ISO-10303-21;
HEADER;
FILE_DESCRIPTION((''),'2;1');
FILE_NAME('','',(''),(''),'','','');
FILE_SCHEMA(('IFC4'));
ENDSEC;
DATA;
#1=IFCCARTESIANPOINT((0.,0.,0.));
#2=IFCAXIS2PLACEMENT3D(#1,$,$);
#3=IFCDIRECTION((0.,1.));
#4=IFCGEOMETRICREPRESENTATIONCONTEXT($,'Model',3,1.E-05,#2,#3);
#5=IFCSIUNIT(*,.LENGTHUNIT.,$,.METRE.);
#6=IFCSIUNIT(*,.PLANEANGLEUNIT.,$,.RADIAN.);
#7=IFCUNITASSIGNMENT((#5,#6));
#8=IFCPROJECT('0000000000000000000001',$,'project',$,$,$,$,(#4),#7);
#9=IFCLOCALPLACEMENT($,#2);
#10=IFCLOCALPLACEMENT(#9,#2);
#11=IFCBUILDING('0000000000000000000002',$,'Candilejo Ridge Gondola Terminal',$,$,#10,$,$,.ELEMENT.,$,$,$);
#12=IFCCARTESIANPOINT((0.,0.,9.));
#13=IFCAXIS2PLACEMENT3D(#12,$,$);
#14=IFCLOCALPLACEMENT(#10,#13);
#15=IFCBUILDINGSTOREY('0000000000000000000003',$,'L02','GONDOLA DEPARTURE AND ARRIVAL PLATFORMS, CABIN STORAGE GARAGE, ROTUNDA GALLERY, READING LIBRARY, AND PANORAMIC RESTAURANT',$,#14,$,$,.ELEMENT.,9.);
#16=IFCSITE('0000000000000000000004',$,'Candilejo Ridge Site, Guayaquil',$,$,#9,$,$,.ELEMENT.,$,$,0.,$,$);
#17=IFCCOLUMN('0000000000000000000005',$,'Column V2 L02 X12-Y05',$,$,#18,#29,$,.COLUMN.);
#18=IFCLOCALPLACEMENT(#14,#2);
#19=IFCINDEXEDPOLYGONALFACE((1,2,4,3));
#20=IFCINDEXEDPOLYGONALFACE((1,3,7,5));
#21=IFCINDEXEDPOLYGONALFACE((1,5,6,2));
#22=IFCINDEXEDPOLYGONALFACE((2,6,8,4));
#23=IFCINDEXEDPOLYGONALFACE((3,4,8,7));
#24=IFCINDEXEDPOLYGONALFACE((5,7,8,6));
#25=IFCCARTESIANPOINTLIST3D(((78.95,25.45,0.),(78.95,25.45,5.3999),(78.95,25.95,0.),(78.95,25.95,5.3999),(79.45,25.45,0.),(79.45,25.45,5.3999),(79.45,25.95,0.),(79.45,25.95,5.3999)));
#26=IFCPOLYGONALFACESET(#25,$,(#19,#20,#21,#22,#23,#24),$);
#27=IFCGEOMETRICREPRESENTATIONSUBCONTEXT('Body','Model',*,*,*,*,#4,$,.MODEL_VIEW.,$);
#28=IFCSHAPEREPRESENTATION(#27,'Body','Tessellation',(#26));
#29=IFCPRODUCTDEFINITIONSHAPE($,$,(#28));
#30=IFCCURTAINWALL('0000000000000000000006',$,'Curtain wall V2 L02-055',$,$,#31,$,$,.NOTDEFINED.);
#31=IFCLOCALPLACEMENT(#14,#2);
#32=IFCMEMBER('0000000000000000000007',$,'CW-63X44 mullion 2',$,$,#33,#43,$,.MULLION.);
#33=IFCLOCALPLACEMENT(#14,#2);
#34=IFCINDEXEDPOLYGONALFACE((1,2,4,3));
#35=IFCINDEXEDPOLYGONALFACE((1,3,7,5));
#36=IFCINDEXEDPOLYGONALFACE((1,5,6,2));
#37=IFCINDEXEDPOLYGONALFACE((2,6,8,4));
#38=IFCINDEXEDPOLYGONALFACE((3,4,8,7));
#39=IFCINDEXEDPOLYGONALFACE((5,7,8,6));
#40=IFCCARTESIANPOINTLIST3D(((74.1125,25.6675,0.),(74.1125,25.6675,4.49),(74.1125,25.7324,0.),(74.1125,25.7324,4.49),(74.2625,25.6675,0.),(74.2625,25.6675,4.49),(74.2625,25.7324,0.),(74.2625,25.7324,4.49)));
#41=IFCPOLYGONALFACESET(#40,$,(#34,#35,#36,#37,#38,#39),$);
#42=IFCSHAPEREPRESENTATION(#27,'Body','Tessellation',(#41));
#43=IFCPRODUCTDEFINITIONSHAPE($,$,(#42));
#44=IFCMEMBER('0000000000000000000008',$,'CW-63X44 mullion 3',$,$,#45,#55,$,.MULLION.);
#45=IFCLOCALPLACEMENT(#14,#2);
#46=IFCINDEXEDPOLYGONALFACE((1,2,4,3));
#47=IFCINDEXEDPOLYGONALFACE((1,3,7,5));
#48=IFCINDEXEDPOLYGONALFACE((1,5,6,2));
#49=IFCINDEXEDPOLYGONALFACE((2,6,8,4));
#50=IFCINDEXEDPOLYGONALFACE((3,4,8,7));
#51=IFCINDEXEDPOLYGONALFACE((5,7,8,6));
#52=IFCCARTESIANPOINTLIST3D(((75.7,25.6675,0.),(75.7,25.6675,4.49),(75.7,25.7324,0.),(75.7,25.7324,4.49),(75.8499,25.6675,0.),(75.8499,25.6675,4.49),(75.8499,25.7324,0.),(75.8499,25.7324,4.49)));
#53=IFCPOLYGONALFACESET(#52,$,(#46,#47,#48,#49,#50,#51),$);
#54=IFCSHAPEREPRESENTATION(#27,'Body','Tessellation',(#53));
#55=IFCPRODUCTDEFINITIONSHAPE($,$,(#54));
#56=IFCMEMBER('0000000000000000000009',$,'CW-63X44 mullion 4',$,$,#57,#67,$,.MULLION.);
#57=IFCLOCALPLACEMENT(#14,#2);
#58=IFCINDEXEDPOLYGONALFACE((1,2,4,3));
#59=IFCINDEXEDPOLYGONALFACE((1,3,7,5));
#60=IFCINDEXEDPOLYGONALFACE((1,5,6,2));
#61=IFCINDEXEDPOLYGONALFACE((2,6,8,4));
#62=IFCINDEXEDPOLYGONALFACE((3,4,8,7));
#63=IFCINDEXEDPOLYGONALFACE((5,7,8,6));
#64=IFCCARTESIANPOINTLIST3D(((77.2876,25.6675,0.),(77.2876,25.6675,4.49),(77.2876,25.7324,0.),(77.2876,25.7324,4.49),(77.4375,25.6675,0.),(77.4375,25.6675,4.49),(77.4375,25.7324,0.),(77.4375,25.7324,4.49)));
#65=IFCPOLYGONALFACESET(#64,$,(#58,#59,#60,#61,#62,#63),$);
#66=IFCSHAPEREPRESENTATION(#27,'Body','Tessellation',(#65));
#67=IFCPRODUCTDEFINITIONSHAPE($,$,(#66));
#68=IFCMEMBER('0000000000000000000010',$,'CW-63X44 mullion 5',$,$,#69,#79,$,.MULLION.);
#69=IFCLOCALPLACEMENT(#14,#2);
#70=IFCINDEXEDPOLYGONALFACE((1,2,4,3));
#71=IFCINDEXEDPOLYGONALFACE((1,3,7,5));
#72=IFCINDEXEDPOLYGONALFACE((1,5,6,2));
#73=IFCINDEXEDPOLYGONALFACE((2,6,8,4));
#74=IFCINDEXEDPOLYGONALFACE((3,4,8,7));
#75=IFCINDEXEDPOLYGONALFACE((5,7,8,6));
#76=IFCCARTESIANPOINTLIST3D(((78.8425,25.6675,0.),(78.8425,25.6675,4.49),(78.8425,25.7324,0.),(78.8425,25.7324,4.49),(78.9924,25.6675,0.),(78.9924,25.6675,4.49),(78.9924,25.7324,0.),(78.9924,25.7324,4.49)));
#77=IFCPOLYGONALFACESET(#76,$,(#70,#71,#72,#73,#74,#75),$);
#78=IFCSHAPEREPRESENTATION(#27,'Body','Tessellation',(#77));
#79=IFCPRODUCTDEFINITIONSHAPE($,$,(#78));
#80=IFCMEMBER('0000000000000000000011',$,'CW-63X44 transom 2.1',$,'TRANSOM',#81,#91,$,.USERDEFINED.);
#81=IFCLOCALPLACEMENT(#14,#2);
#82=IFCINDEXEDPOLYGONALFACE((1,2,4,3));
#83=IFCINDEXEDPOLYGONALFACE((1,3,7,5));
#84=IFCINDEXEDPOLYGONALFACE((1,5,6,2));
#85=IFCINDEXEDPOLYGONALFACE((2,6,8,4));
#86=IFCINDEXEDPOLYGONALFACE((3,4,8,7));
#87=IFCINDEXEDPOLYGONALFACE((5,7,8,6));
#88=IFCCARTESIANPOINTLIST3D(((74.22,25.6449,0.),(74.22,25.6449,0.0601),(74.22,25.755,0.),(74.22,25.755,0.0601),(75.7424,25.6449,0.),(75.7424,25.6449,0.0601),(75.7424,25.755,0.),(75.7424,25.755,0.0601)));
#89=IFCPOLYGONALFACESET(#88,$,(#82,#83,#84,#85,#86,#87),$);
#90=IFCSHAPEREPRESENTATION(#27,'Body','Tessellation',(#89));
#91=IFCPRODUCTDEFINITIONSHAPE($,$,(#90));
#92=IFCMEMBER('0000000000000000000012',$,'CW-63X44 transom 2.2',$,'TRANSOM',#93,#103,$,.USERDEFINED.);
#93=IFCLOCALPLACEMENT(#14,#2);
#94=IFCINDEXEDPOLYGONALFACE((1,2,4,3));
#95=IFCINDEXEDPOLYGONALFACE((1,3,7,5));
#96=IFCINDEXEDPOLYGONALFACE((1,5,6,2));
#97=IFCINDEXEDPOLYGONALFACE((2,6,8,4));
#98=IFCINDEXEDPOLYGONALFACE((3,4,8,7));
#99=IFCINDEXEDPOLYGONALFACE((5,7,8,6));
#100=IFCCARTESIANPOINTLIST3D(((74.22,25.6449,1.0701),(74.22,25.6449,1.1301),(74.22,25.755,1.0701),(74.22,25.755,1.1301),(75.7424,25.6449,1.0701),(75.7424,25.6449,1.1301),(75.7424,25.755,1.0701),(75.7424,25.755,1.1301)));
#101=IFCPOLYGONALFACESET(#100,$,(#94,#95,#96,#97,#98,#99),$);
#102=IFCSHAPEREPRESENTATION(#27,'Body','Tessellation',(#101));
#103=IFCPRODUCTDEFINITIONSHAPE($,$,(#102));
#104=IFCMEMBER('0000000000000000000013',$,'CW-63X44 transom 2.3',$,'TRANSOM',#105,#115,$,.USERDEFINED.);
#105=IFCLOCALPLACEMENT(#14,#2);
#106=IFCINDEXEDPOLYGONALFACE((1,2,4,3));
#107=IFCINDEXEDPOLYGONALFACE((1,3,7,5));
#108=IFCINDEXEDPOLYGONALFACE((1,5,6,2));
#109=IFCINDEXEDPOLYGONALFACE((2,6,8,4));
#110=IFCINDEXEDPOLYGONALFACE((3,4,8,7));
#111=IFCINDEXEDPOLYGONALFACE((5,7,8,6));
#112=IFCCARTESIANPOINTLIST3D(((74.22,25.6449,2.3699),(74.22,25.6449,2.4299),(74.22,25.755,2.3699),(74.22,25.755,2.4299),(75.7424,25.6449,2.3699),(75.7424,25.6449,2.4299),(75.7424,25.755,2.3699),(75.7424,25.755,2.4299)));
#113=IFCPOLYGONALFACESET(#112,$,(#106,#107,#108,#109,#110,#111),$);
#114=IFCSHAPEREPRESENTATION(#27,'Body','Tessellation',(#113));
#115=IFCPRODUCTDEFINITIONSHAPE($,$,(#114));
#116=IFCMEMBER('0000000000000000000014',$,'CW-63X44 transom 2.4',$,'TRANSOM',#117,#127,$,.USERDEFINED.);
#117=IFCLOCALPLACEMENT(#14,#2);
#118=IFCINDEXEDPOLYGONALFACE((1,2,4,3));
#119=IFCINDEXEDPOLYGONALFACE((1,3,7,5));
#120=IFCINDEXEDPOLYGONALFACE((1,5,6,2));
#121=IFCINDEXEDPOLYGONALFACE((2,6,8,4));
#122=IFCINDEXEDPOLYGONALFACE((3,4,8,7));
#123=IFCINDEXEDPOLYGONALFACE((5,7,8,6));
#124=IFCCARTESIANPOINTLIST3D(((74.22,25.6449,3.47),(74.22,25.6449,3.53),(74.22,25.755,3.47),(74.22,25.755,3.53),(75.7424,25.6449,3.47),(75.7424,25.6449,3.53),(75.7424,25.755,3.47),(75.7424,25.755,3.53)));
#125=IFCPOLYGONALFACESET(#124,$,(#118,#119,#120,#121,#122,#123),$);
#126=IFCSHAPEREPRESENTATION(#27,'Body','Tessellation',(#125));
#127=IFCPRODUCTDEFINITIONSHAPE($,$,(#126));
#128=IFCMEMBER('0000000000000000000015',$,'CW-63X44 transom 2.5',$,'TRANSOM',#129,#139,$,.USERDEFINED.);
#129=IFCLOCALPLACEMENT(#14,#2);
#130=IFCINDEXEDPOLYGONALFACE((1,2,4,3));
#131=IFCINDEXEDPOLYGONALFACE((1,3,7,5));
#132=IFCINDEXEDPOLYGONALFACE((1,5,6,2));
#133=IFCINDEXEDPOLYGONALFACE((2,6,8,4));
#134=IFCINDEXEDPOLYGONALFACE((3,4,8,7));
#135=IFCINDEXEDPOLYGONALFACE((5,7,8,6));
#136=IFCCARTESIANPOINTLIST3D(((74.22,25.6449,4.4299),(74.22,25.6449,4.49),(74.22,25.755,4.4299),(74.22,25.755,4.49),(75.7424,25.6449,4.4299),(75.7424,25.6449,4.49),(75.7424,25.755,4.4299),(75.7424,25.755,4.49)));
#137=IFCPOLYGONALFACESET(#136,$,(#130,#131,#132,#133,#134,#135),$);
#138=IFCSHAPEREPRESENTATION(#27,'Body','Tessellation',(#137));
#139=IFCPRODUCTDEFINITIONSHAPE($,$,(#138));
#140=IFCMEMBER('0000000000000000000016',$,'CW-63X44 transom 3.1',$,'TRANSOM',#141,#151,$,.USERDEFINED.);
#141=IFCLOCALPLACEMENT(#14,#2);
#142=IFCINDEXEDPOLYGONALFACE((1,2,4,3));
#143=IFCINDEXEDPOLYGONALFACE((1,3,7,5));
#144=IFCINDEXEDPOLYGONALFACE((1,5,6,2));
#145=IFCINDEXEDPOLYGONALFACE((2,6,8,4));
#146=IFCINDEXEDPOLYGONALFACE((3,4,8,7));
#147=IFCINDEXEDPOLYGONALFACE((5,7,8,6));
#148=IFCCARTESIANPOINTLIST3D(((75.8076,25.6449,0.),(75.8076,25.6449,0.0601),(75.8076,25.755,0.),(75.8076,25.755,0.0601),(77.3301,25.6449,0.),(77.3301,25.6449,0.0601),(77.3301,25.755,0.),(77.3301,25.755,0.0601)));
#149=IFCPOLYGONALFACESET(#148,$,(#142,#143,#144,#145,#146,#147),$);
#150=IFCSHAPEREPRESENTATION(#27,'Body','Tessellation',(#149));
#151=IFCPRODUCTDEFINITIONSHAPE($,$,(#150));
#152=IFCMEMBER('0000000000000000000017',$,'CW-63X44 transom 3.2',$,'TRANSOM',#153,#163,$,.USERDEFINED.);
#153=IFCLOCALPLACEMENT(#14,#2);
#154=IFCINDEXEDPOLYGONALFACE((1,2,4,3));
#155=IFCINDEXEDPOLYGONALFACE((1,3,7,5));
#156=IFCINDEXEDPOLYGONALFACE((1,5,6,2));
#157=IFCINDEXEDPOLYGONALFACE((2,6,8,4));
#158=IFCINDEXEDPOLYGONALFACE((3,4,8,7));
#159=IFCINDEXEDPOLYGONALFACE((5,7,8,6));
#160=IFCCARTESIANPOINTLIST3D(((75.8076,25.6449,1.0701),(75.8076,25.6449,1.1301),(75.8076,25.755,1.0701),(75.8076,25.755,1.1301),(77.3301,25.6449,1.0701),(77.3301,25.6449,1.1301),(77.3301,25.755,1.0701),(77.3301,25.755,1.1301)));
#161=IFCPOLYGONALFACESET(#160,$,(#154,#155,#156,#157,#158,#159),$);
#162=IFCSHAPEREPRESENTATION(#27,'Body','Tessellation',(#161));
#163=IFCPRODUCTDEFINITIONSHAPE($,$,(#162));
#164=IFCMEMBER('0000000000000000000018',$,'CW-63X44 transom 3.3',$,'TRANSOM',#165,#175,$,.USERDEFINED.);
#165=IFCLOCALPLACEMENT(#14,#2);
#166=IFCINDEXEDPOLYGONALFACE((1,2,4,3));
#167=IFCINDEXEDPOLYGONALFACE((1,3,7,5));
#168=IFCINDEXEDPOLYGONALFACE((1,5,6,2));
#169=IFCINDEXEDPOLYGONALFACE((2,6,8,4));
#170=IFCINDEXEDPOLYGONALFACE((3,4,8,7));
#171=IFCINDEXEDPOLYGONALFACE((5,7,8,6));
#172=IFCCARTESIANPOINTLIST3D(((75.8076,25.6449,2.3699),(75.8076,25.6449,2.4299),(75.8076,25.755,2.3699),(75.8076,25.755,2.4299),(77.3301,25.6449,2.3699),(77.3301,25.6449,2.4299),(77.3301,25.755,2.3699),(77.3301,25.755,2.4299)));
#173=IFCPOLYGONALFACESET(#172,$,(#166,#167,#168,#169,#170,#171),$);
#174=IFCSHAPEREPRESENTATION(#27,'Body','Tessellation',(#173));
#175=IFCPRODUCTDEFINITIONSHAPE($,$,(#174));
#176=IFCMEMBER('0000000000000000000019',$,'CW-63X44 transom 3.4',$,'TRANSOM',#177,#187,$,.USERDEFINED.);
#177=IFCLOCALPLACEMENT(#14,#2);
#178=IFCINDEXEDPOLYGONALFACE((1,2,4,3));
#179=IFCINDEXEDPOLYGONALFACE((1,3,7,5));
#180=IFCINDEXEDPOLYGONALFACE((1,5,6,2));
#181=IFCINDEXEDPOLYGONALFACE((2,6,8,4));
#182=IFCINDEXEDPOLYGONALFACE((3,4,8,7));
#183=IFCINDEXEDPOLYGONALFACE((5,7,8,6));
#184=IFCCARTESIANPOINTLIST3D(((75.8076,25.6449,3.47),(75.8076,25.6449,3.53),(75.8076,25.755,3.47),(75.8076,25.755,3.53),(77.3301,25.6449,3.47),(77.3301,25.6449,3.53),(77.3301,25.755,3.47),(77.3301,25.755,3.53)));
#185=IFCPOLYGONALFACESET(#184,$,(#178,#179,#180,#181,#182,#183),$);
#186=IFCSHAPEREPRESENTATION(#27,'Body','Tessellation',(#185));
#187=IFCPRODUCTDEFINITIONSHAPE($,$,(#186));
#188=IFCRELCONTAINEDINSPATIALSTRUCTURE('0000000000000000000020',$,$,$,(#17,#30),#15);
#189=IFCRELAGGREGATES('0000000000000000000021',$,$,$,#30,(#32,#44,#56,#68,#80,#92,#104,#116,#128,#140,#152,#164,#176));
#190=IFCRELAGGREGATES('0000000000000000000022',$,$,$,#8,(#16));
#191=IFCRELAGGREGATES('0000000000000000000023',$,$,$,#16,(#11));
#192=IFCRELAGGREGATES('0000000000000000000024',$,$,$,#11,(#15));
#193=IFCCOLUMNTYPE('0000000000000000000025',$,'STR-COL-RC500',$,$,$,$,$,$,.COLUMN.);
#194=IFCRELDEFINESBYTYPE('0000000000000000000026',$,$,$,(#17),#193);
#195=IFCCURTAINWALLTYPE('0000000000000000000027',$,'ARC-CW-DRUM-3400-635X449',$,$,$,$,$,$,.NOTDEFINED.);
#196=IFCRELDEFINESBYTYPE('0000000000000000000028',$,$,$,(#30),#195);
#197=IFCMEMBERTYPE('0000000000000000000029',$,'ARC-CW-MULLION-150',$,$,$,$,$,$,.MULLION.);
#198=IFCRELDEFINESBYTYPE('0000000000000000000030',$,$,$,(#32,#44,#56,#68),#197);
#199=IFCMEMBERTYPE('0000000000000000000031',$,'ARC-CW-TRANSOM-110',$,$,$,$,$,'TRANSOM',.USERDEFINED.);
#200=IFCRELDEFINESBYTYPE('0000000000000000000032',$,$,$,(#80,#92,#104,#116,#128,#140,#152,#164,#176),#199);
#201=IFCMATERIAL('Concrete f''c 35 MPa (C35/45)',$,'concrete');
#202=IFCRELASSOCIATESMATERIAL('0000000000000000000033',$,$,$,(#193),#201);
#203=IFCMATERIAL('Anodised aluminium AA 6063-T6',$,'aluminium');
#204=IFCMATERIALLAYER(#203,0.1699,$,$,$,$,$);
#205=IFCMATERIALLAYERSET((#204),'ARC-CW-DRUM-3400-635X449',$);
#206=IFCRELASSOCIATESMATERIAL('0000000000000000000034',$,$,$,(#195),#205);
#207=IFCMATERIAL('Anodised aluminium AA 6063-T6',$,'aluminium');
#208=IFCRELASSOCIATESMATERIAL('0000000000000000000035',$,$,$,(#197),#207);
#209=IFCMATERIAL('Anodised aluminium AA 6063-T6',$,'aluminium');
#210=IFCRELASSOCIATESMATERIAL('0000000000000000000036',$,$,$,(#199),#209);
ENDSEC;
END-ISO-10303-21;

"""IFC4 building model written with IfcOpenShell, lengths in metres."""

from ifc_helpers import new_model, si_unit, direction, frame, origin, origin_2d, place, context, subcontext, project, spatial, rectangle, extrude, material, layer, layer_set, material_profile, profile_set, type_object, element, aggregate, save


model = new_model("IFC4")

# Units and contexts
model_context = context("Model", 3, precision=1e-05, world=origin(), true_north=direction((0.0, 1.0)))
body_context = subcontext(model_context, "Body", "Model", "MODEL_VIEW")
ifc_project = project(units=[si_unit("LENGTHUNIT", "METRE"), si_unit("PLANEANGLEUNIT", "RADIAN")], contexts=[model_context])

# Site, building, storey
site_placement = place(None, origin())
site = spatial("IfcSite", under=ifc_project, at=site_placement, Name="Candilejo Ridge Site, Guayaquil", CompositionType="ELEMENT", RefElevation=0.0)
building_placement = place(site_placement, origin())
building = spatial("IfcBuilding", under=site, at=building_placement, Name="Candilejo Ridge Gondola Terminal", CompositionType="ELEMENT")
storey_placement = place(building_placement, frame((0.0, 0.0, 9.0)))
storey = spatial("IfcBuildingStorey", under=building, at=storey_placement, Name="L02", Description="GONDOLA DEPARTURE AND ARRIVAL PLATFORMS, CABIN STORAGE GARAGE, ROTUNDA GALLERY, READING LIBRARY, AND PANORAMIC RESTAURANT", CompositionType="ELEMENT", Elevation=9.0)

# Column
ifc_material_1 = material(Name="Concrete f'c 35 MPa (C35/45)", Category="concrete")
ifc_material_profile_1 = material_profile(ifc_material_1, rectangle(XDim=0.5, YDim=0.5, at=origin_2d()))
ifc_profile_set_1 = profile_set([ifc_material_profile_1], Name="Concrete f'c 35 MPa (C35/45)")
column_type = type_object("IfcColumnType", Name="STR-COL-RC500", PredefinedType="COLUMN", material=ifc_profile_set_1)
column_placement = place(storey_placement, frame((79.2, 25.7, 0.0), z_axis=(0.0, 0.0, 1.0), x_axis=(1.0, 0.0, 0.0)))
element("IfcColumn", 1, at=column_placement, inside=storey, type_object=column_type, Name="Column V2 L02 X12-Y05", PredefinedType="COLUMN", context=body_context, shape_type="SweptSolid", body=[
    extrude(rectangle(XDim=0.5, YDim=0.5, at=origin_2d()), origin(), (0.0, 0.0, 1.0), 5.3999),
])

# Curtain wall, members
ifc_material_2 = material(Name="Anodised aluminium AA 6063-T6", Category="aluminium")
ifc_layer_1 = layer(ifc_material_2, 0.1699)
ifc_layer_set_1 = layer_set([ifc_layer_1], Name="ARC-CW-DRUM-3400-635X449")
curtain_wall_type = type_object("IfcCurtainWallType", Name="ARC-CW-DRUM-3400-635X449", PredefinedType="NOTDEFINED", material=ifc_layer_set_1)
curtain_wall_placement = place(storey_placement, origin())
curtain_wall = element("IfcCurtainWall", 2, at=curtain_wall_placement, inside=storey, type_object=curtain_wall_type, Name="Curtain wall V2 L02-055", PredefinedType="NOTDEFINED")
ifc_material_3 = material(Name="Anodised aluminium AA 6063-T6", Category="aluminium")
ifc_material_profile_2 = material_profile(ifc_material_3, rectangle(XDim=0.0649, YDim=0.1499, at=origin_2d()))
ifc_profile_set_2 = profile_set([ifc_material_profile_2], Name="Anodised aluminium AA 6063-T6")
member_type_1 = type_object("IfcMemberType", Name="ARC-CW-MULLION-150", PredefinedType="MULLION", material=ifc_profile_set_2)
member_1_placement = place(storey_placement, frame((74.1875, 25.7, 0.0), z_axis=(0.0, 0.0, 1.0), x_axis=(0.0, 1.0, 0.0)))
member_1 = element("IfcMember", 3, at=member_1_placement, type_object=member_type_1, Name="CW-63X44 mullion 2", PredefinedType="MULLION", context=body_context, shape_type="SweptSolid", body=[
    extrude(rectangle(XDim=0.0649, YDim=0.1499, at=origin_2d()), origin(), (0.0, 0.0, 1.0), 4.49),
])
member_2_placement = place(storey_placement, frame((75.7749, 25.7, 0.0), z_axis=(0.0, 0.0, 1.0), x_axis=(0.0, 1.0, 0.0)))
member_2 = element("IfcMember", 4, at=member_2_placement, type_object=member_type_1, Name="CW-63X44 mullion 3", PredefinedType="MULLION", context=body_context, shape_type="SweptSolid", body=[
    extrude(rectangle(XDim=0.0649, YDim=0.1499, at=origin_2d()), origin(), (0.0, 0.0, 1.0), 4.49),
])
member_3_placement = place(storey_placement, frame((77.3625, 25.7, 0.0), z_axis=(0.0, 0.0, 1.0), x_axis=(0.0, 1.0, 0.0)))
member_3 = element("IfcMember", 5, at=member_3_placement, type_object=member_type_1, Name="CW-63X44 mullion 4", PredefinedType="MULLION", context=body_context, shape_type="SweptSolid", body=[
    extrude(rectangle(XDim=0.0649, YDim=0.1499, at=origin_2d()), origin(), (0.0, 0.0, 1.0), 4.49),
])
member_4_placement = place(storey_placement, frame((78.9175, 25.7, 0.0), z_axis=(0.0, 0.0, 1.0), x_axis=(0.0, 1.0, 0.0)))
member_4 = element("IfcMember", 6, at=member_4_placement, type_object=member_type_1, Name="CW-63X44 mullion 5", PredefinedType="MULLION", context=body_context, shape_type="SweptSolid", body=[
    extrude(rectangle(XDim=0.0649, YDim=0.1499, at=origin_2d()), origin(), (0.0, 0.0, 1.0), 4.49),
])
ifc_material_4 = material(Name="Anodised aluminium AA 6063-T6", Category="aluminium")
ifc_material_profile_3 = material_profile(ifc_material_4, rectangle(XDim=0.1101, YDim=0.0601, at=origin_2d()))
ifc_profile_set_3 = profile_set([ifc_material_profile_3], Name="Anodised aluminium AA 6063-T6")
member_type_2 = type_object("IfcMemberType", Name="ARC-CW-TRANSOM-110", ElementType="TRANSOM", PredefinedType="USERDEFINED", material=ifc_profile_set_3)
member_5_placement = place(storey_placement, frame((74.22, 25.7, 0.03), z_axis=(1.0, 0.0, 0.0), x_axis=(0.0, 1.0, 0.0)))
member_5 = element("IfcMember", 7, at=member_5_placement, type_object=member_type_2, Name="CW-63X44 transom 2.1", ObjectType="TRANSOM", PredefinedType="USERDEFINED", context=body_context, shape_type="SweptSolid", body=[
    extrude(rectangle(XDim=0.1101, YDim=0.0601, at=origin_2d()), origin(), (0.0, 0.0, 1.0), 1.5225),
])
member_6_placement = place(storey_placement, frame((74.22, 25.7, 1.1001), z_axis=(1.0, 0.0, 0.0), x_axis=(0.0, 1.0, 0.0)))
member_6 = element("IfcMember", 8, at=member_6_placement, type_object=member_type_2, Name="CW-63X44 transom 2.2", ObjectType="TRANSOM", PredefinedType="USERDEFINED", context=body_context, shape_type="SweptSolid", body=[
    extrude(rectangle(XDim=0.1101, YDim=0.0601, at=origin_2d()), origin(), (0.0, 0.0, 1.0), 1.5225),
])
member_7_placement = place(storey_placement, frame((74.22, 25.7, 2.3999), z_axis=(1.0, 0.0, 0.0), x_axis=(0.0, 1.0, 0.0)))
member_7 = element("IfcMember", 9, at=member_7_placement, type_object=member_type_2, Name="CW-63X44 transom 2.3", ObjectType="TRANSOM", PredefinedType="USERDEFINED", context=body_context, shape_type="SweptSolid", body=[
    extrude(rectangle(XDim=0.1101, YDim=0.0601, at=origin_2d()), origin(), (0.0, 0.0, 1.0), 1.5225),
])
member_8_placement = place(storey_placement, frame((74.22, 25.7, 3.5), z_axis=(1.0, 0.0, 0.0), x_axis=(0.0, 1.0, 0.0)))
member_8 = element("IfcMember", 10, at=member_8_placement, type_object=member_type_2, Name="CW-63X44 transom 2.4", ObjectType="TRANSOM", PredefinedType="USERDEFINED", context=body_context, shape_type="SweptSolid", body=[
    extrude(rectangle(XDim=0.1101, YDim=0.0601, at=origin_2d()), origin(), (0.0, 0.0, 1.0), 1.5225),
])
member_9_placement = place(storey_placement, frame((74.22, 25.7, 4.46), z_axis=(1.0, 0.0, 0.0), x_axis=(0.0, 1.0, 0.0)))
member_9 = element("IfcMember", 11, at=member_9_placement, type_object=member_type_2, Name="CW-63X44 transom 2.5", ObjectType="TRANSOM", PredefinedType="USERDEFINED", context=body_context, shape_type="SweptSolid", body=[
    extrude(rectangle(XDim=0.1101, YDim=0.0601, at=origin_2d()), origin(), (0.0, 0.0, 1.0), 1.5225),
])
member_10_placement = place(storey_placement, frame((75.8076, 25.7, 0.03), z_axis=(1.0, 0.0, 0.0), x_axis=(0.0, 1.0, 0.0)))
member_10 = element("IfcMember", 12, at=member_10_placement, type_object=member_type_2, Name="CW-63X44 transom 3.1", ObjectType="TRANSOM", PredefinedType="USERDEFINED", context=body_context, shape_type="SweptSolid", body=[
    extrude(rectangle(XDim=0.1101, YDim=0.0601, at=origin_2d()), origin(), (0.0, 0.0, 1.0), 1.5225),
])
member_11_placement = place(storey_placement, frame((75.8076, 25.7, 1.1001), z_axis=(1.0, 0.0, 0.0), x_axis=(0.0, 1.0, 0.0)))
member_11 = element("IfcMember", 13, at=member_11_placement, type_object=member_type_2, Name="CW-63X44 transom 3.2", ObjectType="TRANSOM", PredefinedType="USERDEFINED", context=body_context, shape_type="SweptSolid", body=[
    extrude(rectangle(XDim=0.1101, YDim=0.0601, at=origin_2d()), origin(), (0.0, 0.0, 1.0), 1.5225),
])
member_12_placement = place(storey_placement, frame((75.8076, 25.7, 2.3999), z_axis=(1.0, 0.0, 0.0), x_axis=(0.0, 1.0, 0.0)))
member_12 = element("IfcMember", 14, at=member_12_placement, type_object=member_type_2, Name="CW-63X44 transom 3.3", ObjectType="TRANSOM", PredefinedType="USERDEFINED", context=body_context, shape_type="SweptSolid", body=[
    extrude(rectangle(XDim=0.1101, YDim=0.0601, at=origin_2d()), origin(), (0.0, 0.0, 1.0), 1.5225),
])
member_13_placement = place(storey_placement, frame((75.8076, 25.7, 3.5), z_axis=(1.0, 0.0, 0.0), x_axis=(0.0, 1.0, 0.0)))
member_13 = element("IfcMember", 15, at=member_13_placement, type_object=member_type_2, Name="CW-63X44 transom 3.4", ObjectType="TRANSOM", PredefinedType="USERDEFINED", context=body_context, shape_type="SweptSolid", body=[
    extrude(rectangle(XDim=0.1101, YDim=0.0601, at=origin_2d()), origin(), (0.0, 0.0, 1.0), 1.5225),
])
aggregate(curtain_wall, [member_1, member_2, member_3, member_4, member_5, member_6, member_7, member_8, member_9, member_10, member_11, member_12, member_13])

save(model, "model.ifc")
